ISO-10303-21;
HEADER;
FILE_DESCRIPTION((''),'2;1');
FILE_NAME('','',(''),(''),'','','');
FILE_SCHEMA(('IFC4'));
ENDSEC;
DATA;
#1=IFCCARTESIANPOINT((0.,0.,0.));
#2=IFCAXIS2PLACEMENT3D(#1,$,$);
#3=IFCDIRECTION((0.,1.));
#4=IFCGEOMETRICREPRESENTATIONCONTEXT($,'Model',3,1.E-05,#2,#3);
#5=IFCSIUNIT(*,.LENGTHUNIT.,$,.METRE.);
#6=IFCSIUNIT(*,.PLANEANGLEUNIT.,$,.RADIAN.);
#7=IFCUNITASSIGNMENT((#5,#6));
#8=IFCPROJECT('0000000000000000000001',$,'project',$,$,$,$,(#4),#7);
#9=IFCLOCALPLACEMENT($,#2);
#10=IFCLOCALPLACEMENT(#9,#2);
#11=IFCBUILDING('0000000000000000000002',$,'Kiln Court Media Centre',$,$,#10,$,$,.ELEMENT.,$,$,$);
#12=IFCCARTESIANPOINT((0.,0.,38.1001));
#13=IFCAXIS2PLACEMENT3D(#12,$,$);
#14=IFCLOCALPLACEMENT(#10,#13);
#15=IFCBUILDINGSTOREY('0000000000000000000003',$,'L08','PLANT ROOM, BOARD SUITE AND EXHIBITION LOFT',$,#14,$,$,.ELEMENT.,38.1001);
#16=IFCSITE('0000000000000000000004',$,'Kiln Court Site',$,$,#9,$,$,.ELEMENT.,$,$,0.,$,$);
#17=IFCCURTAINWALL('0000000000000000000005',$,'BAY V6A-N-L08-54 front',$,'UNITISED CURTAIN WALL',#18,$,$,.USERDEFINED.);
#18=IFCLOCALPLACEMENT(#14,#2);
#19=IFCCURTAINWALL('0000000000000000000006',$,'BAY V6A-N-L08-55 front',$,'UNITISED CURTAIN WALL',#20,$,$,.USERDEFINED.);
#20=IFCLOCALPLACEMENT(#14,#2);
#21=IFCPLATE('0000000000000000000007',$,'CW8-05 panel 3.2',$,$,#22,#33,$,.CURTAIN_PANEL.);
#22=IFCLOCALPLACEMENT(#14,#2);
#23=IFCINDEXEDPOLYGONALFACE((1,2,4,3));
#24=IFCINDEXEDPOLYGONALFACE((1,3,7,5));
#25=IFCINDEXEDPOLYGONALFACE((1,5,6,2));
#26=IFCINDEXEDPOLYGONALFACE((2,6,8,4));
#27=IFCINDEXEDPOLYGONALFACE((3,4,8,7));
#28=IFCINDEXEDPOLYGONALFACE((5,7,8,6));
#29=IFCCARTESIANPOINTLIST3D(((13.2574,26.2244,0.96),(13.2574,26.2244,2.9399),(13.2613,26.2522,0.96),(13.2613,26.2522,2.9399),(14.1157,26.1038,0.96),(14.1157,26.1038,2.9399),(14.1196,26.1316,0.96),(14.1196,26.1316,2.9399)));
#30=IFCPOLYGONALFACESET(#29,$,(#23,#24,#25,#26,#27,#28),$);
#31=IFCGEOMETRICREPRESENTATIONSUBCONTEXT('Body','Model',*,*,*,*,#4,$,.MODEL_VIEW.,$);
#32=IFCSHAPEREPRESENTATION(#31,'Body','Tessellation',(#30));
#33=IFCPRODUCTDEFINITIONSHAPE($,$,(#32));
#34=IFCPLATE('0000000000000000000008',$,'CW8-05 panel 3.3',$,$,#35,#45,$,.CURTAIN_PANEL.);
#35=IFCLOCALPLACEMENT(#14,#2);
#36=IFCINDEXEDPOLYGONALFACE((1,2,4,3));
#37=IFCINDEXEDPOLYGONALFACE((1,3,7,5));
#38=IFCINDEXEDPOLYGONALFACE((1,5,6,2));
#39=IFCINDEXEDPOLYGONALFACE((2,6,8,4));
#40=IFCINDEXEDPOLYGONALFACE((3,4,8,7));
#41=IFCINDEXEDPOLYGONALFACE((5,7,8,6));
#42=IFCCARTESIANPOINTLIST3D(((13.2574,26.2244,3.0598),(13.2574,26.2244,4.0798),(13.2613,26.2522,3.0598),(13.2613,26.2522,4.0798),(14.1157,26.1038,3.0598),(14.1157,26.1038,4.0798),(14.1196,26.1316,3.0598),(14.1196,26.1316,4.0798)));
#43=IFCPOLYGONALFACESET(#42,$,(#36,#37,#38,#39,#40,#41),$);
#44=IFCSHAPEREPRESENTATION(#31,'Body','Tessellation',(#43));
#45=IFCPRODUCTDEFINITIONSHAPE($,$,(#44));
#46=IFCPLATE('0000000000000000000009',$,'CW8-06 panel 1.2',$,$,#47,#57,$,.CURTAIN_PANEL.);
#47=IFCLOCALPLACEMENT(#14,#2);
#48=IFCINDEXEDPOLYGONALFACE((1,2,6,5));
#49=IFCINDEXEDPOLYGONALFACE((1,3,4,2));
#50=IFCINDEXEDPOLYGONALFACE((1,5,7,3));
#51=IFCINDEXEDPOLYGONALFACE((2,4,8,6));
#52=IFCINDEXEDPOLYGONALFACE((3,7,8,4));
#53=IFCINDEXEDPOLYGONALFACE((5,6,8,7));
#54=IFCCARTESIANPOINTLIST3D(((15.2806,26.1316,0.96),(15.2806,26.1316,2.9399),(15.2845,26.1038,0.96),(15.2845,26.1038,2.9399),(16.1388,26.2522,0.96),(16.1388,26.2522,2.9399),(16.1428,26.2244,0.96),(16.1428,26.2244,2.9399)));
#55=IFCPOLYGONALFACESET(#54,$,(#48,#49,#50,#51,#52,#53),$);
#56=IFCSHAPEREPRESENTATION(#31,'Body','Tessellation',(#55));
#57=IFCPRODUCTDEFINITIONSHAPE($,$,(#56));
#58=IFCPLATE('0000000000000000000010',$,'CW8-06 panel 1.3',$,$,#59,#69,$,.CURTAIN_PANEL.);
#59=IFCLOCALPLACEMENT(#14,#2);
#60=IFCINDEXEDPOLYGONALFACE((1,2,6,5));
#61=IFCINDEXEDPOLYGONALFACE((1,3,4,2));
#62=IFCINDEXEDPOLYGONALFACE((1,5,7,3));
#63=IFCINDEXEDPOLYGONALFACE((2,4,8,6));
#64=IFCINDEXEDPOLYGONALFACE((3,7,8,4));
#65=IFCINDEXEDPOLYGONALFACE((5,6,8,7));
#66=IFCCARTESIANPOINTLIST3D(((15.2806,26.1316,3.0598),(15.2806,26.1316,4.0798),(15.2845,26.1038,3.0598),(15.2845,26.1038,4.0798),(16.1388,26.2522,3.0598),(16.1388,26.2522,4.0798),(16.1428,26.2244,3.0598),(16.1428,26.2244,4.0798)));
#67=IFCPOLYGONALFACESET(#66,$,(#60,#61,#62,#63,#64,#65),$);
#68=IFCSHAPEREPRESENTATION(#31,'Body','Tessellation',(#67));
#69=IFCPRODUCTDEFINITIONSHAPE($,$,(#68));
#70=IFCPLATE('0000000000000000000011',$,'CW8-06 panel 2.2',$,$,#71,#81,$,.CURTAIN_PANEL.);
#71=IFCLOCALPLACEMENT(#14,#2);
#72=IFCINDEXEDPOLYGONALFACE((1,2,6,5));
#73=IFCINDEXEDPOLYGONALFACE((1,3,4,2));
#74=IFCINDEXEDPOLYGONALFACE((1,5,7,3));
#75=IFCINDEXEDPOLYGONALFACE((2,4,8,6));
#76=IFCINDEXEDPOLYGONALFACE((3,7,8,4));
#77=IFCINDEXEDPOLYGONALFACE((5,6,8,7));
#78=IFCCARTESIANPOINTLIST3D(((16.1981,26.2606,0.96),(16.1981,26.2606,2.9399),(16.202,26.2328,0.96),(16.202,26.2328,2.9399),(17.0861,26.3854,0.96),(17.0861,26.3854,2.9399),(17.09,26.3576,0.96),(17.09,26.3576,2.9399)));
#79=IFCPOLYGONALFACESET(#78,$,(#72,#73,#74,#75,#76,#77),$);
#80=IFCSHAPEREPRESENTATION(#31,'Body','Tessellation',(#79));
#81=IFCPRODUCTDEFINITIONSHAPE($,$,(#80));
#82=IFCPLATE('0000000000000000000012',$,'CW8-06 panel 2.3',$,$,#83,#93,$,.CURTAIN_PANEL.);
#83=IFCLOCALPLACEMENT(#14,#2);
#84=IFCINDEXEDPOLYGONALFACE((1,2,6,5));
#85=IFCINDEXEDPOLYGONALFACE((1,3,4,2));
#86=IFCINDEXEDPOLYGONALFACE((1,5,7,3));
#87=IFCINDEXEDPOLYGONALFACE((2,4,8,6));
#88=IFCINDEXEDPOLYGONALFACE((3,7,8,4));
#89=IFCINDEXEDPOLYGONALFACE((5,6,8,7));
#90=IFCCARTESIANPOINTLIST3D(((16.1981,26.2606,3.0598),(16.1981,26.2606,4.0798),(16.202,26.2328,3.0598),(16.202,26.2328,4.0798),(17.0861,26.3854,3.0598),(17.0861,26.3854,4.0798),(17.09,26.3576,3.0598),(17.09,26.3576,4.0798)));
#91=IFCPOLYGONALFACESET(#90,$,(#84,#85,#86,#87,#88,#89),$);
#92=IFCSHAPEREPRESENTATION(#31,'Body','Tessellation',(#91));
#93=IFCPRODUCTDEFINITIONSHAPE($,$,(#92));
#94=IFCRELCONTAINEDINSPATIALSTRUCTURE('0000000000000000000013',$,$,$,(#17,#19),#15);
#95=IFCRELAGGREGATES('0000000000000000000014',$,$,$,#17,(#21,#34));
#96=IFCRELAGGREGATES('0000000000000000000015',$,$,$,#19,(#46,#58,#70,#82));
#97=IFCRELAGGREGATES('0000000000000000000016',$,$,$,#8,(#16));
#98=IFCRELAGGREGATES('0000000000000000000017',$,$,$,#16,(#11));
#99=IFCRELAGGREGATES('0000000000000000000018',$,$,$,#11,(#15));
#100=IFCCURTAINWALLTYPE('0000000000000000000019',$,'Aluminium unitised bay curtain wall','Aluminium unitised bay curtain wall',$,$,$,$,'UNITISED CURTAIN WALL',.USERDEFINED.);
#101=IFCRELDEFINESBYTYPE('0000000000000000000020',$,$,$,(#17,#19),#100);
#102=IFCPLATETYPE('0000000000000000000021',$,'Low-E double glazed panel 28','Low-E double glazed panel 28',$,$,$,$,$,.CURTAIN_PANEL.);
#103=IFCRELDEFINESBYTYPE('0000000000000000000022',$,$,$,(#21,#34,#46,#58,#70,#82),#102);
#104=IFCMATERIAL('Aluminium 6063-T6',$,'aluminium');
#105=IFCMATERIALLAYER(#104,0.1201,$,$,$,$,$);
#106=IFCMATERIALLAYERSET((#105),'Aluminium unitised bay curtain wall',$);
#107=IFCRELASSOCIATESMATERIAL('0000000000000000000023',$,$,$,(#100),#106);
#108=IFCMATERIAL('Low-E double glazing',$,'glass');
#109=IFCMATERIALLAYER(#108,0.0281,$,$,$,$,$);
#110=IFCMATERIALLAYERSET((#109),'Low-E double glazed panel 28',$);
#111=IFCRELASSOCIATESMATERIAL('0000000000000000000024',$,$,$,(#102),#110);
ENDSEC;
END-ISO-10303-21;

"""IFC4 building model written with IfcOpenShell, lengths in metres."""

from ifc_helpers import new_model, si_unit, direction, frame, origin, origin_2d, place, context, subcontext, project, spatial, rectangle, extrude, material, layer, layer_set, type_object, element, aggregate, save


model = new_model("IFC4")

# Units and contexts
model_context = context("Model", 3, precision=1e-05, world=origin(), true_north=direction((0.0, 1.0)))
body_context = subcontext(model_context, "Body", "Model", "MODEL_VIEW")
ifc_project = project(units=[si_unit("LENGTHUNIT", "METRE"), si_unit("PLANEANGLEUNIT", "RADIAN")], contexts=[model_context])

# Site, building, storey
site_placement = place(None, origin())
site = spatial("IfcSite", under=ifc_project, at=site_placement, Name="Kiln Court Site", CompositionType="ELEMENT", RefElevation=0.0)
building_placement = place(site_placement, origin())
building = spatial("IfcBuilding", under=site, at=building_placement, Name="Kiln Court Media Centre", CompositionType="ELEMENT")
storey_placement = place(building_placement, frame((0.0, 0.0, 38.1001)))
storey = spatial("IfcBuildingStorey", under=building, at=storey_placement, Name="L08", Description="PLANT ROOM, BOARD SUITE AND EXHIBITION LOFT", CompositionType="ELEMENT", Elevation=38.1001)

# Curtain wall
ifc_material_1 = material(Name="Aluminium 6063-T6", Category="aluminium")
ifc_layer_1 = layer(ifc_material_1, 0.1201)
ifc_layer_set_1 = layer_set([ifc_layer_1], Name="Aluminium unitised bay curtain wall")
curtain_wall_type = type_object("IfcCurtainWallType", Name="Aluminium unitised bay curtain wall", Description="Aluminium unitised bay curtain wall", ElementType="UNITISED CURTAIN WALL", PredefinedType="USERDEFINED", material=ifc_layer_set_1)
curtain_wall_1_placement = place(storey_placement, origin())
curtain_wall_1 = element("IfcCurtainWall", 1, at=curtain_wall_1_placement, inside=storey, type_object=curtain_wall_type, Name="BAY V6A-N-L08-54 front", ObjectType="UNITISED CURTAIN WALL", PredefinedType="USERDEFINED")

# Curtain wall
curtain_wall_2_placement = place(storey_placement, origin())
curtain_wall_2 = element("IfcCurtainWall", 2, at=curtain_wall_2_placement, inside=storey, type_object=curtain_wall_type, Name="BAY V6A-N-L08-55 front", ObjectType="UNITISED CURTAIN WALL", PredefinedType="USERDEFINED")

# Plates
ifc_material_2 = material(Name="Low-E double glazing", Category="glass")
ifc_layer_2 = layer(ifc_material_2, 0.0281)
ifc_layer_set_2 = layer_set([ifc_layer_2], Name="Low-E double glazed panel 28")
plate_type_1 = type_object("IfcPlateType", Name="Low-E double glazed panel 28", Description="Low-E double glazed panel 28", PredefinedType="CURTAIN_PANEL", material=ifc_layer_set_2)
plate_1_placement = place(storey_placement, frame((13.6885, 26.178, 0.96), z_axis=(0.0, 0.0, 1.0), x_axis=(0.99027, -0.139162, 0.0)))
plate_1 = element("IfcPlate", 3, at=plate_1_placement, type_object=plate_type_1, Name="CW8-05 panel 3.2", PredefinedType="CURTAIN_PANEL", context=body_context, shape_type="SweptSolid", body=[
    extrude(rectangle(XDim=0.8667, YDim=0.0281, at=origin_2d()), origin(), (0.0, 0.0, 1.0), 1.98),
])
plate_2_placement = place(storey_placement, frame((13.6885, 26.178, 3.0598), z_axis=(0.0, 0.0, 1.0), x_axis=(0.99027, -0.139162, 0.0)))
plate_2 = element("IfcPlate", 4, at=plate_2_placement, type_object=plate_type_1, Name="CW8-05 panel 3.3", PredefinedType="CURTAIN_PANEL", context=body_context, shape_type="SweptSolid", body=[
    extrude(rectangle(XDim=0.8667, YDim=0.0281, at=origin_2d()), origin(), (0.0, 0.0, 1.0), 1.02),
])
aggregate(curtain_wall_1, [plate_1, plate_2])
plate_3_placement = place(storey_placement, frame((15.7117, 26.178, 0.96), z_axis=(0.0, 0.0, 1.0), x_axis=(0.99027, 0.139162, 0.0)))
plate_3 = element("IfcPlate", 5, at=plate_3_placement, type_object=plate_type_1, Name="CW8-06 panel 1.2", PredefinedType="CURTAIN_PANEL", context=body_context, shape_type="SweptSolid", body=[
    extrude(rectangle(XDim=0.8667, YDim=0.0281, at=origin_2d()), origin(), (0.0, 0.0, 1.0), 1.98),
])
plate_4_placement = place(storey_placement, frame((15.7117, 26.178, 3.0598), z_axis=(0.0, 0.0, 1.0), x_axis=(0.99027, 0.139162, 0.0)))
plate_4 = element("IfcPlate", 6, at=plate_4_placement, type_object=plate_type_1, Name="CW8-06 panel 1.3", PredefinedType="CURTAIN_PANEL", context=body_context, shape_type="SweptSolid", body=[
    extrude(rectangle(XDim=0.8667, YDim=0.0281, at=origin_2d()), origin(), (0.0, 0.0, 1.0), 1.02),
])
plate_5_placement = place(storey_placement, frame((16.644, 26.3091, 0.96), z_axis=(0.0, 0.0, 1.0), x_axis=(0.99027, 0.139162, 0.0)))
plate_5 = element("IfcPlate", 7, at=plate_5_placement, type_object=plate_type_1, Name="CW8-06 panel 2.2", PredefinedType="CURTAIN_PANEL", context=body_context, shape_type="SweptSolid", body=[
    extrude(rectangle(XDim=0.8967, YDim=0.0281, at=origin_2d()), origin(), (0.0, 0.0, 1.0), 1.98),
])
plate_6_placement = place(storey_placement, frame((16.644, 26.3091, 3.0598), z_axis=(0.0, 0.0, 1.0), x_axis=(0.99027, 0.139162, 0.0)))
plate_6 = element("IfcPlate", 8, at=plate_6_placement, type_object=plate_type_1, Name="CW8-06 panel 2.3", PredefinedType="CURTAIN_PANEL", context=body_context, shape_type="SweptSolid", body=[
    extrude(rectangle(XDim=0.8967, YDim=0.0281, at=origin_2d()), origin(), (0.0, 0.0, 1.0), 1.02),
])
aggregate(curtain_wall_2, [plate_3, plate_4, plate_5, plate_6])

save(model, "model.ifc")
